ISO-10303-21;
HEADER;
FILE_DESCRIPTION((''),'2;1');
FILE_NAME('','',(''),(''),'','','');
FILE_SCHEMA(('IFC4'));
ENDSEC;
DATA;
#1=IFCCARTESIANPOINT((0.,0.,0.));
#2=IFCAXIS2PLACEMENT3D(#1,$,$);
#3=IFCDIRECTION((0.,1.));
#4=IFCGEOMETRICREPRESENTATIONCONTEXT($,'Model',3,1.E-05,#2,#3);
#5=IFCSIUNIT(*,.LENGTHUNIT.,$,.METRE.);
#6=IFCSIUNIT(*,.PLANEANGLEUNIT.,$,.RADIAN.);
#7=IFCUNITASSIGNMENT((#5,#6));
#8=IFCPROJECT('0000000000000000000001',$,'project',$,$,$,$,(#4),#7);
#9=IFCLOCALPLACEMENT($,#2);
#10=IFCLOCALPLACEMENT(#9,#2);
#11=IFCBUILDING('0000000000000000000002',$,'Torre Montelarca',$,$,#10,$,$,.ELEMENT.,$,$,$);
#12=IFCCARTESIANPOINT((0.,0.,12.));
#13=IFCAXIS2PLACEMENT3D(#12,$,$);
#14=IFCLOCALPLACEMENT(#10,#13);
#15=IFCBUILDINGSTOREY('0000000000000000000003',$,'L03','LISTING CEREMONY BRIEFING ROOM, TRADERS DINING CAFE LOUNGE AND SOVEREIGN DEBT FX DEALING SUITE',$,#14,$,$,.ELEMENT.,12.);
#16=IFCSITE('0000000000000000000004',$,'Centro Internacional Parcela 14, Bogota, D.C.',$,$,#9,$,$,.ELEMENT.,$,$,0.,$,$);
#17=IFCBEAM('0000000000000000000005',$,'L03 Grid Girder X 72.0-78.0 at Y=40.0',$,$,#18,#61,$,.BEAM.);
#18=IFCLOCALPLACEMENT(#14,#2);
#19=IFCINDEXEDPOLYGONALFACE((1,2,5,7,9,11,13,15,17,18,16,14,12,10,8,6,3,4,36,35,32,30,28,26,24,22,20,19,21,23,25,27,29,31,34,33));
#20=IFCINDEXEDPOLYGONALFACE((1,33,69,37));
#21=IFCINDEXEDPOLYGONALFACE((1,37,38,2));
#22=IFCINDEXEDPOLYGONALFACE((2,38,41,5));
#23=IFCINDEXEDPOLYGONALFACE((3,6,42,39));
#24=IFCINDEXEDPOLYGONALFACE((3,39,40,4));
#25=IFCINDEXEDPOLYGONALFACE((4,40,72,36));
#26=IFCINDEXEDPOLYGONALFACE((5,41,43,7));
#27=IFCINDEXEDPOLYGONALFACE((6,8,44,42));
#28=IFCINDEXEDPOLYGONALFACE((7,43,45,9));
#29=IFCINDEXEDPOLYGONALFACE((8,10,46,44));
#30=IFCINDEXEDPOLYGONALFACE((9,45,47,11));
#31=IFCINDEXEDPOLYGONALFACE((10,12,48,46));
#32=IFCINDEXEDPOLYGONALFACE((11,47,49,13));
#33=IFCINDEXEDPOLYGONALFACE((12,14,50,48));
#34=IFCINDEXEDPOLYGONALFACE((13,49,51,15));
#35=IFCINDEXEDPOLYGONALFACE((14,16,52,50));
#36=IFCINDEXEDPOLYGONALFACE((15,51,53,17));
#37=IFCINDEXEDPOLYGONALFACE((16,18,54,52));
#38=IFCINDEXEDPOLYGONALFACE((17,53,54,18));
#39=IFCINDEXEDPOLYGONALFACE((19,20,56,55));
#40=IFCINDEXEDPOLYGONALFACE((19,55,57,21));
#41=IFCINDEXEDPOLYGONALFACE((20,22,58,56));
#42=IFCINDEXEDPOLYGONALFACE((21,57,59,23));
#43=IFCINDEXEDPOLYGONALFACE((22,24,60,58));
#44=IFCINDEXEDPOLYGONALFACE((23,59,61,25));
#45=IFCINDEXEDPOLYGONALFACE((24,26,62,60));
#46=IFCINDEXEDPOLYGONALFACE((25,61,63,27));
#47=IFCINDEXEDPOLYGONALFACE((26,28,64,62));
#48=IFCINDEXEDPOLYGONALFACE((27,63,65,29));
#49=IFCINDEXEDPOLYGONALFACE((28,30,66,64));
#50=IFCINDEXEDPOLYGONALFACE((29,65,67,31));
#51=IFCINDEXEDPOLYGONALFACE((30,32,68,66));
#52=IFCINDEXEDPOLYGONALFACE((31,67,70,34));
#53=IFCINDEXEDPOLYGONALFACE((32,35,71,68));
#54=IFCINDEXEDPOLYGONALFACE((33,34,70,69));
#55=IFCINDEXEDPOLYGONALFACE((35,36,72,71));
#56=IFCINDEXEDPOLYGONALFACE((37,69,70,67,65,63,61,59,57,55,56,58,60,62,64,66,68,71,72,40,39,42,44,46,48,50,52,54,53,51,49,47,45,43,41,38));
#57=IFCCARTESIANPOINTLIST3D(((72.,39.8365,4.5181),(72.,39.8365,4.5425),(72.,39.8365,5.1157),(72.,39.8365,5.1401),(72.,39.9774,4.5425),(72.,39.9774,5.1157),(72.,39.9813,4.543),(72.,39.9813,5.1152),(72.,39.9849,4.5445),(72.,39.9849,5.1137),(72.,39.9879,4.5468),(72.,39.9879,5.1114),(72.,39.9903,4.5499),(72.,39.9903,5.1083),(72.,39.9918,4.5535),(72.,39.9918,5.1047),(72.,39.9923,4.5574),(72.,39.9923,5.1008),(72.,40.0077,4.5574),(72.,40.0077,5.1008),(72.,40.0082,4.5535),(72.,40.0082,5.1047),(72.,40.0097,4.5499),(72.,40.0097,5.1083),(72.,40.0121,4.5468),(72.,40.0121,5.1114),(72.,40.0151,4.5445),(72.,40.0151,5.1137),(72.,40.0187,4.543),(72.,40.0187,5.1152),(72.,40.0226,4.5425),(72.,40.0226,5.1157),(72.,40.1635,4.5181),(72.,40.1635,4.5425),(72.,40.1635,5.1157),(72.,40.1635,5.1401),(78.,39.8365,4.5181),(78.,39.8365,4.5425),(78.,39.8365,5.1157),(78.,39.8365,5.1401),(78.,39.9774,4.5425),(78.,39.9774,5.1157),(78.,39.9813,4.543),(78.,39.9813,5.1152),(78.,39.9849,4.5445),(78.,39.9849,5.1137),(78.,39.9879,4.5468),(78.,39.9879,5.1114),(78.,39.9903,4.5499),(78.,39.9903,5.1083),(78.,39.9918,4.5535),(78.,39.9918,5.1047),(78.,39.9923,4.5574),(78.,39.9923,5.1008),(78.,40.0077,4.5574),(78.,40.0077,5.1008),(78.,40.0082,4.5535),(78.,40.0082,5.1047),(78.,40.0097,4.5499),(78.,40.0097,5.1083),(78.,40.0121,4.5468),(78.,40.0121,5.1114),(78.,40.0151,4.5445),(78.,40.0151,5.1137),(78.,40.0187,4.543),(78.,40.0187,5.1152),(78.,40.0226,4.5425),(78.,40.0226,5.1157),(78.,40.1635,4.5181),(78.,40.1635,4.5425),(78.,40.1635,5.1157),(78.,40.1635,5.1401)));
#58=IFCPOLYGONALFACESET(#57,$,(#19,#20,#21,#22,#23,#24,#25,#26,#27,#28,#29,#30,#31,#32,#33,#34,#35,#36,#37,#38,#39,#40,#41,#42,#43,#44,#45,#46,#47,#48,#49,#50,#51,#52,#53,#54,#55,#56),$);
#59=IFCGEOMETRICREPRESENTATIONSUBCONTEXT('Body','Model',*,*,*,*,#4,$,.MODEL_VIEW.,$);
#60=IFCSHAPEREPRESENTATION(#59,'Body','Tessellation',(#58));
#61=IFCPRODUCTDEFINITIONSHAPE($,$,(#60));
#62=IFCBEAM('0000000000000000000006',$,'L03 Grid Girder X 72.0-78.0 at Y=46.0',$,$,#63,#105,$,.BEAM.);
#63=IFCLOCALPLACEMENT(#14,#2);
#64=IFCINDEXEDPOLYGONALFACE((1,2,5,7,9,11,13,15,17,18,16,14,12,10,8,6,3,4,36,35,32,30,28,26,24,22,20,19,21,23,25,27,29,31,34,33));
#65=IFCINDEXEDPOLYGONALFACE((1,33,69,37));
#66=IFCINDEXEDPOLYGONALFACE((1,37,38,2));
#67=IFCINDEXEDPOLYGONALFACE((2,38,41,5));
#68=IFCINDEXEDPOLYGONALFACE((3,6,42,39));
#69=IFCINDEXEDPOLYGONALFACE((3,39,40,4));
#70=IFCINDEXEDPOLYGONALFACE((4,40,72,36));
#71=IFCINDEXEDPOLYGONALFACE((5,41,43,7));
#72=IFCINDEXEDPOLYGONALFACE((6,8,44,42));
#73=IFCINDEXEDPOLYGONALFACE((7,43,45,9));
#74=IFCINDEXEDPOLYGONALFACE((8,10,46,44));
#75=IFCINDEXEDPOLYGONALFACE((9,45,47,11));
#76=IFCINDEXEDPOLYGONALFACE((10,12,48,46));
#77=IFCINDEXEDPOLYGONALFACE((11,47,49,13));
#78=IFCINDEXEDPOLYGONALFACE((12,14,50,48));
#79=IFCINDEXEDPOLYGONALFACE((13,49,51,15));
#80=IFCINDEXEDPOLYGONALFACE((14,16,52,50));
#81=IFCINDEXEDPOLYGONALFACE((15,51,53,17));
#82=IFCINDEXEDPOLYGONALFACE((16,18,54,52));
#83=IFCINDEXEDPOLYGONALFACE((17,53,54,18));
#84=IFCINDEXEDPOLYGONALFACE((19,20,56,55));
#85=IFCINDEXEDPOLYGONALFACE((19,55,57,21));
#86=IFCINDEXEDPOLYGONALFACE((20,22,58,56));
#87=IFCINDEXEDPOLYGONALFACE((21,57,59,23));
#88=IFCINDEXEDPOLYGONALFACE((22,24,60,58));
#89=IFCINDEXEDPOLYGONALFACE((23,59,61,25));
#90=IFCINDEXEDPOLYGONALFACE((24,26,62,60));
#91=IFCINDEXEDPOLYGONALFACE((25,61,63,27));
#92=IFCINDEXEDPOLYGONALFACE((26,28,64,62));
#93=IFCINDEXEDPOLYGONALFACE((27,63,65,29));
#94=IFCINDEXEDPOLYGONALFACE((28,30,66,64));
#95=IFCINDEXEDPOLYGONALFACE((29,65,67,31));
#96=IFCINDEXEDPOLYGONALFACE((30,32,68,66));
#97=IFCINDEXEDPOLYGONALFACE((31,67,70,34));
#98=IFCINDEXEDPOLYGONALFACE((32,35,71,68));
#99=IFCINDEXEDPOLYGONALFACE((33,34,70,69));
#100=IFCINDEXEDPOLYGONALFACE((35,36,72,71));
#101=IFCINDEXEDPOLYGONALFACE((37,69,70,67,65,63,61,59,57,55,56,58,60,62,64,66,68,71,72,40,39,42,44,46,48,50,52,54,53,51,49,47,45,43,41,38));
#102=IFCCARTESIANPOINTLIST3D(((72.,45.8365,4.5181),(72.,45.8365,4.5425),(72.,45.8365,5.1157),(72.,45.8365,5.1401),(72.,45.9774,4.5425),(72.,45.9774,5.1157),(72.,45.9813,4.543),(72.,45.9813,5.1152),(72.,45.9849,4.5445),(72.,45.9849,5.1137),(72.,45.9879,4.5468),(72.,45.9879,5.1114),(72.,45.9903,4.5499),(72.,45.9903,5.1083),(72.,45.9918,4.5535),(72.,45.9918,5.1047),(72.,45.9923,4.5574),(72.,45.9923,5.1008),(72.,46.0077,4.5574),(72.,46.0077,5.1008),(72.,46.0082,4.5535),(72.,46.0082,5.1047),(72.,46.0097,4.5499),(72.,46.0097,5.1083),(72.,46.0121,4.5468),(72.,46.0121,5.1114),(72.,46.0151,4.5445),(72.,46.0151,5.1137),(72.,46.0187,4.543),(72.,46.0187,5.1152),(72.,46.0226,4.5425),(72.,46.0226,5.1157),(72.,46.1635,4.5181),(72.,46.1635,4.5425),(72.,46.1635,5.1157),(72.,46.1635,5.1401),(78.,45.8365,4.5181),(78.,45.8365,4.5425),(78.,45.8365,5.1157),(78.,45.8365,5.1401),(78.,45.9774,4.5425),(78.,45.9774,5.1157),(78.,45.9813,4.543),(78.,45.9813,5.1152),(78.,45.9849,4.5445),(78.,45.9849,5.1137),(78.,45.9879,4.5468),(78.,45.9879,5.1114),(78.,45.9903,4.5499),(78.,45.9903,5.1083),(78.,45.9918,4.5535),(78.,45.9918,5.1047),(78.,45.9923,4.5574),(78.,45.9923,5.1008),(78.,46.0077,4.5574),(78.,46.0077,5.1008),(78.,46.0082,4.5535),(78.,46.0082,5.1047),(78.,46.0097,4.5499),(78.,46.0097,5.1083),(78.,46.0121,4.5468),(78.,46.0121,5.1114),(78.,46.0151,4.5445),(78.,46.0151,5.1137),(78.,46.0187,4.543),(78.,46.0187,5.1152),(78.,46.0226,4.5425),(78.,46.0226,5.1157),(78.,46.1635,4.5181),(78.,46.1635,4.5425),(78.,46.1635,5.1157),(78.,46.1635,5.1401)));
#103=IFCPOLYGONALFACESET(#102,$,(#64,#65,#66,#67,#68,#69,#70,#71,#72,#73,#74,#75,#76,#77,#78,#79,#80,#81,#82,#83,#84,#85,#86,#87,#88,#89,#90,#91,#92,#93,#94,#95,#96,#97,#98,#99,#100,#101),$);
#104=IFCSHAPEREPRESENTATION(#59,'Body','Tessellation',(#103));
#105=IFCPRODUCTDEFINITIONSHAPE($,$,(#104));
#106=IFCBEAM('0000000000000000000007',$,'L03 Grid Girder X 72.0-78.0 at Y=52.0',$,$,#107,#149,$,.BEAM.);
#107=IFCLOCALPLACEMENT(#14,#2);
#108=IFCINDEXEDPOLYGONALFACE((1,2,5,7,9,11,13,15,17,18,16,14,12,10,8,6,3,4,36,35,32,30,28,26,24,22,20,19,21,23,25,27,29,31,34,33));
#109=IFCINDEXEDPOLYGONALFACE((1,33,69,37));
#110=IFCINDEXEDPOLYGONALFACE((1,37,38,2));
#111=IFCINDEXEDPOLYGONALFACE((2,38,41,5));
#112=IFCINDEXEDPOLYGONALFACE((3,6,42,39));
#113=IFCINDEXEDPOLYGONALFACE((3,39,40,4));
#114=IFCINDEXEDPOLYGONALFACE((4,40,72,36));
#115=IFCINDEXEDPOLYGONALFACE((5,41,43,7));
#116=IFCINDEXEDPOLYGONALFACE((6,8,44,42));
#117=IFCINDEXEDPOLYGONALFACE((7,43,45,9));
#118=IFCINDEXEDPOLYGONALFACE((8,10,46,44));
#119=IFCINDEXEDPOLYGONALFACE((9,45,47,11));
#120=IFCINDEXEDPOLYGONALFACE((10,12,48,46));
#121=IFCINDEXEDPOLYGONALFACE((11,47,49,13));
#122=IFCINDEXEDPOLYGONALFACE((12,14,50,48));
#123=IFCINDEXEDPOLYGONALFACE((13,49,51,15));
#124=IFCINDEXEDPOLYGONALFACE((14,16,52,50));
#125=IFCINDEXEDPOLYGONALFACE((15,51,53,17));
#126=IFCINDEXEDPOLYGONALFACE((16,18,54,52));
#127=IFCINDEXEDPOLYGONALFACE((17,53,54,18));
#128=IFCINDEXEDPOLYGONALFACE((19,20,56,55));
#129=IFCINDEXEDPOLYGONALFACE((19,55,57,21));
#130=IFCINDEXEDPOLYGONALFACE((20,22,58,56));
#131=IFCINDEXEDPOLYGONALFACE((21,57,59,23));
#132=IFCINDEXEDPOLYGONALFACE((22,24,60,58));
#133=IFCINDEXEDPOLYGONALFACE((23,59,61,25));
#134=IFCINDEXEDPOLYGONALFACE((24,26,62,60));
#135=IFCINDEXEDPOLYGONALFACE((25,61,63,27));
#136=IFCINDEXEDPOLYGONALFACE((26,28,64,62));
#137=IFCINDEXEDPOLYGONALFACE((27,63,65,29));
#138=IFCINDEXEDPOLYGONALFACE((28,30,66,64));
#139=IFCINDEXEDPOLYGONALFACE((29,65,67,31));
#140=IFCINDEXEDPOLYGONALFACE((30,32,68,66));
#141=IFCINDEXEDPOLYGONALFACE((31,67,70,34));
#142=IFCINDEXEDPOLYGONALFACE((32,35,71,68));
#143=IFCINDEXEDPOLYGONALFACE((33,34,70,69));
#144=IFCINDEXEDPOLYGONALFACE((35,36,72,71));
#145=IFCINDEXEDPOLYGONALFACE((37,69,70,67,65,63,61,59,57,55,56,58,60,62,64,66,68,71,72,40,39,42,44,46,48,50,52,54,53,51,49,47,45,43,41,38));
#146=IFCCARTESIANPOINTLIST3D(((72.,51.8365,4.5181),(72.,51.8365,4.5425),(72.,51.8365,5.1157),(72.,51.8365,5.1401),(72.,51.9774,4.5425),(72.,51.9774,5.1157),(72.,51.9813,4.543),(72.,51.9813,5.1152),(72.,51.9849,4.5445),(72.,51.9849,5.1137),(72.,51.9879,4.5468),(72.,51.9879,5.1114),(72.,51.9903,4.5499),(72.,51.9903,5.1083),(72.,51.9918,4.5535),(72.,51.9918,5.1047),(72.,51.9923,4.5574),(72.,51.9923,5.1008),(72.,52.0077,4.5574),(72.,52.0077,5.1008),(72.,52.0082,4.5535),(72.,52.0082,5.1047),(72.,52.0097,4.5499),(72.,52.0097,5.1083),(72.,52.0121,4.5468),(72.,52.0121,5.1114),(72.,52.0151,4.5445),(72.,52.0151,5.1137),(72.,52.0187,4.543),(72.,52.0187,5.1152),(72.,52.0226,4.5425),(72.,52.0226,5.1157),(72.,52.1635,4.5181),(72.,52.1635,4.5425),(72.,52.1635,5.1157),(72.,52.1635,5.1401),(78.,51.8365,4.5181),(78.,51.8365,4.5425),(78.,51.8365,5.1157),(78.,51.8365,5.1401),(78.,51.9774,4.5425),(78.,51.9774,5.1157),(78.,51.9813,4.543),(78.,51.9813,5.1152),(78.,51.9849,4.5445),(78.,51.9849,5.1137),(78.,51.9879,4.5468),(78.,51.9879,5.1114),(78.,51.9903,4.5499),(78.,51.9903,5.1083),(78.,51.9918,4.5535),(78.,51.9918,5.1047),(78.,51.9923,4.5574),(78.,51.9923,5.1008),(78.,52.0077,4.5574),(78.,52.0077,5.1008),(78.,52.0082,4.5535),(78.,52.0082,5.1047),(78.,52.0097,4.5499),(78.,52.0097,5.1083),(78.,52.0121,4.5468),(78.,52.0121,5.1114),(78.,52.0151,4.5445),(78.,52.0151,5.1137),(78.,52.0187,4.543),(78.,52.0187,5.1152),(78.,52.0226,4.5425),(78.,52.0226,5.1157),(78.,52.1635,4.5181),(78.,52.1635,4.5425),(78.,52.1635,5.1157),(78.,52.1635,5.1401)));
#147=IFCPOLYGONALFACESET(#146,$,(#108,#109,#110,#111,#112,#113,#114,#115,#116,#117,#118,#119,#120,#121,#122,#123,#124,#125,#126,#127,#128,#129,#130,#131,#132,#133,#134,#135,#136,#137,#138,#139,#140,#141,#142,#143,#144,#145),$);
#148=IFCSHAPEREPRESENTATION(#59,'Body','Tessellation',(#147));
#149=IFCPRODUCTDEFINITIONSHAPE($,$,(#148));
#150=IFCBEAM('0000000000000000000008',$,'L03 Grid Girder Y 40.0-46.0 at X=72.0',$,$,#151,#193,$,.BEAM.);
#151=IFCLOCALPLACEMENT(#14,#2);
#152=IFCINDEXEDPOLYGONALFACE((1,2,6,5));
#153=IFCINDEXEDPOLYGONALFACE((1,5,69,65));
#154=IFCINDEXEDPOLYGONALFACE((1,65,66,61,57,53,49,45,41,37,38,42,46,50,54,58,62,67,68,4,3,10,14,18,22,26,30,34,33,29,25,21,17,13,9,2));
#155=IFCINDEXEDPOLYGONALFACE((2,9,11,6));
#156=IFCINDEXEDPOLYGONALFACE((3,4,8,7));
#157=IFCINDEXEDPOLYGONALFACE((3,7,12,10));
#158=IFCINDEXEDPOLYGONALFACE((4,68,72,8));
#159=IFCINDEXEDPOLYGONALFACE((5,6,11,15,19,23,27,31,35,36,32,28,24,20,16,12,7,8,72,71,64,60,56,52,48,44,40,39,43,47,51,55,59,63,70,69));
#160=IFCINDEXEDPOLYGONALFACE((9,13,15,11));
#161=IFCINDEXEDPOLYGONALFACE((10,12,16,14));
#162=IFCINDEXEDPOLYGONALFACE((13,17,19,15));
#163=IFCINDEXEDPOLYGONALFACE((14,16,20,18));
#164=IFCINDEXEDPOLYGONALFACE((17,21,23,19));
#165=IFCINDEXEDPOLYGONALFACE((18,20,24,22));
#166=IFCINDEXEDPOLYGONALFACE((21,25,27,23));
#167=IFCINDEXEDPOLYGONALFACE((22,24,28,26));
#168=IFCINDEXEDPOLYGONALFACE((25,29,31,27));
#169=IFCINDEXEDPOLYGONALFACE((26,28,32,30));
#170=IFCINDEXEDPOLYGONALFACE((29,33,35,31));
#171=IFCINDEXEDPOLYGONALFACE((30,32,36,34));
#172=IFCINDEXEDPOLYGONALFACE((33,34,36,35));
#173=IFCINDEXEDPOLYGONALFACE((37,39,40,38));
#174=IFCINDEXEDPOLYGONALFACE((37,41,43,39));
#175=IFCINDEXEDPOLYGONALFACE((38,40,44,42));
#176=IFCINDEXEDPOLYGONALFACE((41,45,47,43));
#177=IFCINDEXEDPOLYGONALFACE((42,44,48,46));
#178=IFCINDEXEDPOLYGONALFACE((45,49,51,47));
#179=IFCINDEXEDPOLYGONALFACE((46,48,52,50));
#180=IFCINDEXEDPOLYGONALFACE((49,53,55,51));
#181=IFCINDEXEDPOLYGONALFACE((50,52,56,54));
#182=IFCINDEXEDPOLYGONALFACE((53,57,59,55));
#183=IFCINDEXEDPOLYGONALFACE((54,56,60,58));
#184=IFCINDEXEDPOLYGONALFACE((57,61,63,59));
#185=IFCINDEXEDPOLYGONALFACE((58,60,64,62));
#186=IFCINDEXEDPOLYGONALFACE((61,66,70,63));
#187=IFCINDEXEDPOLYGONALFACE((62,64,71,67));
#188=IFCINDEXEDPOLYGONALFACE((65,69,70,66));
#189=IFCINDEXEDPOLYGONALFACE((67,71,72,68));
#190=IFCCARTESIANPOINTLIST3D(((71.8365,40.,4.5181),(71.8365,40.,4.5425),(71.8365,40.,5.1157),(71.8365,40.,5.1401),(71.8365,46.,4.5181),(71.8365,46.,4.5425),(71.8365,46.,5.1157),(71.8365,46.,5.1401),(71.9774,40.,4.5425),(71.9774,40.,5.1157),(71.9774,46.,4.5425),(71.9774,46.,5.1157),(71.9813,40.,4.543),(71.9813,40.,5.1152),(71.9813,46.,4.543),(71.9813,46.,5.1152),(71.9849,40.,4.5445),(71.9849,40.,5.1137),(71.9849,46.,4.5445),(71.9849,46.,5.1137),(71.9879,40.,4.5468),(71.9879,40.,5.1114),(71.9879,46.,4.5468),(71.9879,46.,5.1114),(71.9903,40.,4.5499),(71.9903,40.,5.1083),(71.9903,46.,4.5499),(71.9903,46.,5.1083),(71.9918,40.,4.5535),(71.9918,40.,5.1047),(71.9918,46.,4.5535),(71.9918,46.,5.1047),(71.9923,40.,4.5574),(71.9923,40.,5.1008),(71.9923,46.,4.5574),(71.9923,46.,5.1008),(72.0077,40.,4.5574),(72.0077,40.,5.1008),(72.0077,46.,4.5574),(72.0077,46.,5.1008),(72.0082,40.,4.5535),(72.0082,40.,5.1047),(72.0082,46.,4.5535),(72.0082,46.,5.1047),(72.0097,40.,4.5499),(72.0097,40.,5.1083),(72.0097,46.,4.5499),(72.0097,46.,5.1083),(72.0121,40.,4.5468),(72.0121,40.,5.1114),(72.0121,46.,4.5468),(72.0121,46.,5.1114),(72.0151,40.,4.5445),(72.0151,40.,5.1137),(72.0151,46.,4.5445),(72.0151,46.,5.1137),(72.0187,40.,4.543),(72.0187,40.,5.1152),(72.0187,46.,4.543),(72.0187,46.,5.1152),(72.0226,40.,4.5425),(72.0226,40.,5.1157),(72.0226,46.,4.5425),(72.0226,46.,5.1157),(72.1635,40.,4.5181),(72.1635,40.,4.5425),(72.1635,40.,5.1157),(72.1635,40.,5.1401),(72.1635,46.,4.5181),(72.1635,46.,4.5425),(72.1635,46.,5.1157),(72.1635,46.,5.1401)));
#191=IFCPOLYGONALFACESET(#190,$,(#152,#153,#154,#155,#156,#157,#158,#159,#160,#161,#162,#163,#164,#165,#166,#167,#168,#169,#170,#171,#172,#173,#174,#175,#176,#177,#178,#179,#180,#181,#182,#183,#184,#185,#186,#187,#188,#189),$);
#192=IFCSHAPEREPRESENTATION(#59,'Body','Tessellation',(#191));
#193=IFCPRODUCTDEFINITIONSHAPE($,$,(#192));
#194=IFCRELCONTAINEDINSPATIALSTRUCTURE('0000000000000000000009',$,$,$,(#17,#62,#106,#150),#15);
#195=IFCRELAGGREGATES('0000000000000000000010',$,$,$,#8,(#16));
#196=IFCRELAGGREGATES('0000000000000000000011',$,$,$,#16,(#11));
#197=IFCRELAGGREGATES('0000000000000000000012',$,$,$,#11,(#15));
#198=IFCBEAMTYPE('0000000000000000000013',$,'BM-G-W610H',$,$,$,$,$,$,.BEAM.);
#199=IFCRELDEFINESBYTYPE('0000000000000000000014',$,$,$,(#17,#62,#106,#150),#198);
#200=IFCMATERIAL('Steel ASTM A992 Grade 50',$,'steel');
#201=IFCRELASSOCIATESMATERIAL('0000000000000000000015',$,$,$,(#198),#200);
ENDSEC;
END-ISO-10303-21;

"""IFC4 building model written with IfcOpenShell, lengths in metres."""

from ifc_helpers import new_model, si_unit, direction, frame, origin, origin_2d, place, context, subcontext, project, spatial, i_section, extrude, source, transform, mapped, material, material_profile, profile_set, type_object, element, save


model = new_model("IFC4")

# Units and contexts
model_context = context("Model", 3, precision=1e-05, world=origin(), true_north=direction((0.0, 1.0)))
body_context = subcontext(model_context, "Body", "Model", "MODEL_VIEW")
ifc_project = project(units=[si_unit("LENGTHUNIT", "METRE"), si_unit("PLANEANGLEUNIT", "RADIAN")], contexts=[model_context])

# Site, building, storey
site_placement = place(None, origin())
site = spatial("IfcSite", under=ifc_project, at=site_placement, Name="Centro Internacional Parcela 14, Bogota, D.C.", CompositionType="ELEMENT", RefElevation=0.0)
building_placement = place(site_placement, origin())
building = spatial("IfcBuilding", under=site, at=building_placement, Name="Torre Montelarca", CompositionType="ELEMENT")
storey_placement = place(building_placement, frame((0.0, 0.0, 12.0)))
storey = spatial("IfcBuildingStorey", under=building, at=storey_placement, Name="L03", Description="LISTING CEREMONY BRIEFING ROOM, TRADERS DINING CAFE LOUNGE AND SOVEREIGN DEBT FX DEALING SUITE", CompositionType="ELEMENT", Elevation=12.0)

# Shared definitions
ifc_material_1 = material(Name="Steel ASTM A992 Grade 50", Category="steel")

# Beams
ifc_material_profile_1 = material_profile(ifc_material_1, i_section(OverallWidth=0.3269, OverallDepth=0.6221, WebThickness=0.0154, FlangeThickness=0.0244, FilletRadius=0.0149, at=origin_2d()), Name="W610X195", Category="steel")
ifc_profile_set_1 = profile_set([ifc_material_profile_1], Name="Steel ASTM A992 Grade 50")
beam_type_1 = type_object("IfcBeamType", Name="BM-G-W610H", PredefinedType="BEAM", material=ifc_profile_set_1)
shared_shape_1 = source(origin(), body_context, "Body", "SweptSolid", [
    extrude(i_section(OverallWidth=0.3269, OverallDepth=0.6221, WebThickness=0.0154, FlangeThickness=0.0244, FilletRadius=0.0149, at=origin_2d()), origin(), (0.0, 0.0, 1.0), 6.0),
])
for number, where, z_axis, x_axis, name in (
    (1, (72.0, 40.0, 4.8291), (1.0, 0.0, 0.0), (0.0, 1.0, 0.0), "L03 Grid Girder X 72.0-78.0 at Y=40.0"),
    (2, (72.0, 46.0, 4.8291), (1.0, 0.0, 0.0), (0.0, 1.0, 0.0), "L03 Grid Girder X 72.0-78.0 at Y=46.0"),
    (3, (72.0, 52.0, 4.8291), (1.0, 0.0, 0.0), (0.0, 1.0, 0.0), "L03 Grid Girder X 72.0-78.0 at Y=52.0"),
    (4, (72.0, 40.0, 4.8291), (0.0, 1.0, 0.0), (-1.0, 0.0, 0.0), "L03 Grid Girder Y 40.0-46.0 at X=72.0"),
):
    element("IfcBeam", number, at=place(storey_placement, frame(where, z_axis=z_axis, x_axis=x_axis)), inside=storey, type_object=beam_type_1, Name=name, PredefinedType="BEAM", context=body_context, shape_type="MappedRepresentation", body=[
        mapped(shared_shape_1, transform((0.0, 0.0, 0.0), scale=1.0)),
    ])

save(model, "model.ifc")
